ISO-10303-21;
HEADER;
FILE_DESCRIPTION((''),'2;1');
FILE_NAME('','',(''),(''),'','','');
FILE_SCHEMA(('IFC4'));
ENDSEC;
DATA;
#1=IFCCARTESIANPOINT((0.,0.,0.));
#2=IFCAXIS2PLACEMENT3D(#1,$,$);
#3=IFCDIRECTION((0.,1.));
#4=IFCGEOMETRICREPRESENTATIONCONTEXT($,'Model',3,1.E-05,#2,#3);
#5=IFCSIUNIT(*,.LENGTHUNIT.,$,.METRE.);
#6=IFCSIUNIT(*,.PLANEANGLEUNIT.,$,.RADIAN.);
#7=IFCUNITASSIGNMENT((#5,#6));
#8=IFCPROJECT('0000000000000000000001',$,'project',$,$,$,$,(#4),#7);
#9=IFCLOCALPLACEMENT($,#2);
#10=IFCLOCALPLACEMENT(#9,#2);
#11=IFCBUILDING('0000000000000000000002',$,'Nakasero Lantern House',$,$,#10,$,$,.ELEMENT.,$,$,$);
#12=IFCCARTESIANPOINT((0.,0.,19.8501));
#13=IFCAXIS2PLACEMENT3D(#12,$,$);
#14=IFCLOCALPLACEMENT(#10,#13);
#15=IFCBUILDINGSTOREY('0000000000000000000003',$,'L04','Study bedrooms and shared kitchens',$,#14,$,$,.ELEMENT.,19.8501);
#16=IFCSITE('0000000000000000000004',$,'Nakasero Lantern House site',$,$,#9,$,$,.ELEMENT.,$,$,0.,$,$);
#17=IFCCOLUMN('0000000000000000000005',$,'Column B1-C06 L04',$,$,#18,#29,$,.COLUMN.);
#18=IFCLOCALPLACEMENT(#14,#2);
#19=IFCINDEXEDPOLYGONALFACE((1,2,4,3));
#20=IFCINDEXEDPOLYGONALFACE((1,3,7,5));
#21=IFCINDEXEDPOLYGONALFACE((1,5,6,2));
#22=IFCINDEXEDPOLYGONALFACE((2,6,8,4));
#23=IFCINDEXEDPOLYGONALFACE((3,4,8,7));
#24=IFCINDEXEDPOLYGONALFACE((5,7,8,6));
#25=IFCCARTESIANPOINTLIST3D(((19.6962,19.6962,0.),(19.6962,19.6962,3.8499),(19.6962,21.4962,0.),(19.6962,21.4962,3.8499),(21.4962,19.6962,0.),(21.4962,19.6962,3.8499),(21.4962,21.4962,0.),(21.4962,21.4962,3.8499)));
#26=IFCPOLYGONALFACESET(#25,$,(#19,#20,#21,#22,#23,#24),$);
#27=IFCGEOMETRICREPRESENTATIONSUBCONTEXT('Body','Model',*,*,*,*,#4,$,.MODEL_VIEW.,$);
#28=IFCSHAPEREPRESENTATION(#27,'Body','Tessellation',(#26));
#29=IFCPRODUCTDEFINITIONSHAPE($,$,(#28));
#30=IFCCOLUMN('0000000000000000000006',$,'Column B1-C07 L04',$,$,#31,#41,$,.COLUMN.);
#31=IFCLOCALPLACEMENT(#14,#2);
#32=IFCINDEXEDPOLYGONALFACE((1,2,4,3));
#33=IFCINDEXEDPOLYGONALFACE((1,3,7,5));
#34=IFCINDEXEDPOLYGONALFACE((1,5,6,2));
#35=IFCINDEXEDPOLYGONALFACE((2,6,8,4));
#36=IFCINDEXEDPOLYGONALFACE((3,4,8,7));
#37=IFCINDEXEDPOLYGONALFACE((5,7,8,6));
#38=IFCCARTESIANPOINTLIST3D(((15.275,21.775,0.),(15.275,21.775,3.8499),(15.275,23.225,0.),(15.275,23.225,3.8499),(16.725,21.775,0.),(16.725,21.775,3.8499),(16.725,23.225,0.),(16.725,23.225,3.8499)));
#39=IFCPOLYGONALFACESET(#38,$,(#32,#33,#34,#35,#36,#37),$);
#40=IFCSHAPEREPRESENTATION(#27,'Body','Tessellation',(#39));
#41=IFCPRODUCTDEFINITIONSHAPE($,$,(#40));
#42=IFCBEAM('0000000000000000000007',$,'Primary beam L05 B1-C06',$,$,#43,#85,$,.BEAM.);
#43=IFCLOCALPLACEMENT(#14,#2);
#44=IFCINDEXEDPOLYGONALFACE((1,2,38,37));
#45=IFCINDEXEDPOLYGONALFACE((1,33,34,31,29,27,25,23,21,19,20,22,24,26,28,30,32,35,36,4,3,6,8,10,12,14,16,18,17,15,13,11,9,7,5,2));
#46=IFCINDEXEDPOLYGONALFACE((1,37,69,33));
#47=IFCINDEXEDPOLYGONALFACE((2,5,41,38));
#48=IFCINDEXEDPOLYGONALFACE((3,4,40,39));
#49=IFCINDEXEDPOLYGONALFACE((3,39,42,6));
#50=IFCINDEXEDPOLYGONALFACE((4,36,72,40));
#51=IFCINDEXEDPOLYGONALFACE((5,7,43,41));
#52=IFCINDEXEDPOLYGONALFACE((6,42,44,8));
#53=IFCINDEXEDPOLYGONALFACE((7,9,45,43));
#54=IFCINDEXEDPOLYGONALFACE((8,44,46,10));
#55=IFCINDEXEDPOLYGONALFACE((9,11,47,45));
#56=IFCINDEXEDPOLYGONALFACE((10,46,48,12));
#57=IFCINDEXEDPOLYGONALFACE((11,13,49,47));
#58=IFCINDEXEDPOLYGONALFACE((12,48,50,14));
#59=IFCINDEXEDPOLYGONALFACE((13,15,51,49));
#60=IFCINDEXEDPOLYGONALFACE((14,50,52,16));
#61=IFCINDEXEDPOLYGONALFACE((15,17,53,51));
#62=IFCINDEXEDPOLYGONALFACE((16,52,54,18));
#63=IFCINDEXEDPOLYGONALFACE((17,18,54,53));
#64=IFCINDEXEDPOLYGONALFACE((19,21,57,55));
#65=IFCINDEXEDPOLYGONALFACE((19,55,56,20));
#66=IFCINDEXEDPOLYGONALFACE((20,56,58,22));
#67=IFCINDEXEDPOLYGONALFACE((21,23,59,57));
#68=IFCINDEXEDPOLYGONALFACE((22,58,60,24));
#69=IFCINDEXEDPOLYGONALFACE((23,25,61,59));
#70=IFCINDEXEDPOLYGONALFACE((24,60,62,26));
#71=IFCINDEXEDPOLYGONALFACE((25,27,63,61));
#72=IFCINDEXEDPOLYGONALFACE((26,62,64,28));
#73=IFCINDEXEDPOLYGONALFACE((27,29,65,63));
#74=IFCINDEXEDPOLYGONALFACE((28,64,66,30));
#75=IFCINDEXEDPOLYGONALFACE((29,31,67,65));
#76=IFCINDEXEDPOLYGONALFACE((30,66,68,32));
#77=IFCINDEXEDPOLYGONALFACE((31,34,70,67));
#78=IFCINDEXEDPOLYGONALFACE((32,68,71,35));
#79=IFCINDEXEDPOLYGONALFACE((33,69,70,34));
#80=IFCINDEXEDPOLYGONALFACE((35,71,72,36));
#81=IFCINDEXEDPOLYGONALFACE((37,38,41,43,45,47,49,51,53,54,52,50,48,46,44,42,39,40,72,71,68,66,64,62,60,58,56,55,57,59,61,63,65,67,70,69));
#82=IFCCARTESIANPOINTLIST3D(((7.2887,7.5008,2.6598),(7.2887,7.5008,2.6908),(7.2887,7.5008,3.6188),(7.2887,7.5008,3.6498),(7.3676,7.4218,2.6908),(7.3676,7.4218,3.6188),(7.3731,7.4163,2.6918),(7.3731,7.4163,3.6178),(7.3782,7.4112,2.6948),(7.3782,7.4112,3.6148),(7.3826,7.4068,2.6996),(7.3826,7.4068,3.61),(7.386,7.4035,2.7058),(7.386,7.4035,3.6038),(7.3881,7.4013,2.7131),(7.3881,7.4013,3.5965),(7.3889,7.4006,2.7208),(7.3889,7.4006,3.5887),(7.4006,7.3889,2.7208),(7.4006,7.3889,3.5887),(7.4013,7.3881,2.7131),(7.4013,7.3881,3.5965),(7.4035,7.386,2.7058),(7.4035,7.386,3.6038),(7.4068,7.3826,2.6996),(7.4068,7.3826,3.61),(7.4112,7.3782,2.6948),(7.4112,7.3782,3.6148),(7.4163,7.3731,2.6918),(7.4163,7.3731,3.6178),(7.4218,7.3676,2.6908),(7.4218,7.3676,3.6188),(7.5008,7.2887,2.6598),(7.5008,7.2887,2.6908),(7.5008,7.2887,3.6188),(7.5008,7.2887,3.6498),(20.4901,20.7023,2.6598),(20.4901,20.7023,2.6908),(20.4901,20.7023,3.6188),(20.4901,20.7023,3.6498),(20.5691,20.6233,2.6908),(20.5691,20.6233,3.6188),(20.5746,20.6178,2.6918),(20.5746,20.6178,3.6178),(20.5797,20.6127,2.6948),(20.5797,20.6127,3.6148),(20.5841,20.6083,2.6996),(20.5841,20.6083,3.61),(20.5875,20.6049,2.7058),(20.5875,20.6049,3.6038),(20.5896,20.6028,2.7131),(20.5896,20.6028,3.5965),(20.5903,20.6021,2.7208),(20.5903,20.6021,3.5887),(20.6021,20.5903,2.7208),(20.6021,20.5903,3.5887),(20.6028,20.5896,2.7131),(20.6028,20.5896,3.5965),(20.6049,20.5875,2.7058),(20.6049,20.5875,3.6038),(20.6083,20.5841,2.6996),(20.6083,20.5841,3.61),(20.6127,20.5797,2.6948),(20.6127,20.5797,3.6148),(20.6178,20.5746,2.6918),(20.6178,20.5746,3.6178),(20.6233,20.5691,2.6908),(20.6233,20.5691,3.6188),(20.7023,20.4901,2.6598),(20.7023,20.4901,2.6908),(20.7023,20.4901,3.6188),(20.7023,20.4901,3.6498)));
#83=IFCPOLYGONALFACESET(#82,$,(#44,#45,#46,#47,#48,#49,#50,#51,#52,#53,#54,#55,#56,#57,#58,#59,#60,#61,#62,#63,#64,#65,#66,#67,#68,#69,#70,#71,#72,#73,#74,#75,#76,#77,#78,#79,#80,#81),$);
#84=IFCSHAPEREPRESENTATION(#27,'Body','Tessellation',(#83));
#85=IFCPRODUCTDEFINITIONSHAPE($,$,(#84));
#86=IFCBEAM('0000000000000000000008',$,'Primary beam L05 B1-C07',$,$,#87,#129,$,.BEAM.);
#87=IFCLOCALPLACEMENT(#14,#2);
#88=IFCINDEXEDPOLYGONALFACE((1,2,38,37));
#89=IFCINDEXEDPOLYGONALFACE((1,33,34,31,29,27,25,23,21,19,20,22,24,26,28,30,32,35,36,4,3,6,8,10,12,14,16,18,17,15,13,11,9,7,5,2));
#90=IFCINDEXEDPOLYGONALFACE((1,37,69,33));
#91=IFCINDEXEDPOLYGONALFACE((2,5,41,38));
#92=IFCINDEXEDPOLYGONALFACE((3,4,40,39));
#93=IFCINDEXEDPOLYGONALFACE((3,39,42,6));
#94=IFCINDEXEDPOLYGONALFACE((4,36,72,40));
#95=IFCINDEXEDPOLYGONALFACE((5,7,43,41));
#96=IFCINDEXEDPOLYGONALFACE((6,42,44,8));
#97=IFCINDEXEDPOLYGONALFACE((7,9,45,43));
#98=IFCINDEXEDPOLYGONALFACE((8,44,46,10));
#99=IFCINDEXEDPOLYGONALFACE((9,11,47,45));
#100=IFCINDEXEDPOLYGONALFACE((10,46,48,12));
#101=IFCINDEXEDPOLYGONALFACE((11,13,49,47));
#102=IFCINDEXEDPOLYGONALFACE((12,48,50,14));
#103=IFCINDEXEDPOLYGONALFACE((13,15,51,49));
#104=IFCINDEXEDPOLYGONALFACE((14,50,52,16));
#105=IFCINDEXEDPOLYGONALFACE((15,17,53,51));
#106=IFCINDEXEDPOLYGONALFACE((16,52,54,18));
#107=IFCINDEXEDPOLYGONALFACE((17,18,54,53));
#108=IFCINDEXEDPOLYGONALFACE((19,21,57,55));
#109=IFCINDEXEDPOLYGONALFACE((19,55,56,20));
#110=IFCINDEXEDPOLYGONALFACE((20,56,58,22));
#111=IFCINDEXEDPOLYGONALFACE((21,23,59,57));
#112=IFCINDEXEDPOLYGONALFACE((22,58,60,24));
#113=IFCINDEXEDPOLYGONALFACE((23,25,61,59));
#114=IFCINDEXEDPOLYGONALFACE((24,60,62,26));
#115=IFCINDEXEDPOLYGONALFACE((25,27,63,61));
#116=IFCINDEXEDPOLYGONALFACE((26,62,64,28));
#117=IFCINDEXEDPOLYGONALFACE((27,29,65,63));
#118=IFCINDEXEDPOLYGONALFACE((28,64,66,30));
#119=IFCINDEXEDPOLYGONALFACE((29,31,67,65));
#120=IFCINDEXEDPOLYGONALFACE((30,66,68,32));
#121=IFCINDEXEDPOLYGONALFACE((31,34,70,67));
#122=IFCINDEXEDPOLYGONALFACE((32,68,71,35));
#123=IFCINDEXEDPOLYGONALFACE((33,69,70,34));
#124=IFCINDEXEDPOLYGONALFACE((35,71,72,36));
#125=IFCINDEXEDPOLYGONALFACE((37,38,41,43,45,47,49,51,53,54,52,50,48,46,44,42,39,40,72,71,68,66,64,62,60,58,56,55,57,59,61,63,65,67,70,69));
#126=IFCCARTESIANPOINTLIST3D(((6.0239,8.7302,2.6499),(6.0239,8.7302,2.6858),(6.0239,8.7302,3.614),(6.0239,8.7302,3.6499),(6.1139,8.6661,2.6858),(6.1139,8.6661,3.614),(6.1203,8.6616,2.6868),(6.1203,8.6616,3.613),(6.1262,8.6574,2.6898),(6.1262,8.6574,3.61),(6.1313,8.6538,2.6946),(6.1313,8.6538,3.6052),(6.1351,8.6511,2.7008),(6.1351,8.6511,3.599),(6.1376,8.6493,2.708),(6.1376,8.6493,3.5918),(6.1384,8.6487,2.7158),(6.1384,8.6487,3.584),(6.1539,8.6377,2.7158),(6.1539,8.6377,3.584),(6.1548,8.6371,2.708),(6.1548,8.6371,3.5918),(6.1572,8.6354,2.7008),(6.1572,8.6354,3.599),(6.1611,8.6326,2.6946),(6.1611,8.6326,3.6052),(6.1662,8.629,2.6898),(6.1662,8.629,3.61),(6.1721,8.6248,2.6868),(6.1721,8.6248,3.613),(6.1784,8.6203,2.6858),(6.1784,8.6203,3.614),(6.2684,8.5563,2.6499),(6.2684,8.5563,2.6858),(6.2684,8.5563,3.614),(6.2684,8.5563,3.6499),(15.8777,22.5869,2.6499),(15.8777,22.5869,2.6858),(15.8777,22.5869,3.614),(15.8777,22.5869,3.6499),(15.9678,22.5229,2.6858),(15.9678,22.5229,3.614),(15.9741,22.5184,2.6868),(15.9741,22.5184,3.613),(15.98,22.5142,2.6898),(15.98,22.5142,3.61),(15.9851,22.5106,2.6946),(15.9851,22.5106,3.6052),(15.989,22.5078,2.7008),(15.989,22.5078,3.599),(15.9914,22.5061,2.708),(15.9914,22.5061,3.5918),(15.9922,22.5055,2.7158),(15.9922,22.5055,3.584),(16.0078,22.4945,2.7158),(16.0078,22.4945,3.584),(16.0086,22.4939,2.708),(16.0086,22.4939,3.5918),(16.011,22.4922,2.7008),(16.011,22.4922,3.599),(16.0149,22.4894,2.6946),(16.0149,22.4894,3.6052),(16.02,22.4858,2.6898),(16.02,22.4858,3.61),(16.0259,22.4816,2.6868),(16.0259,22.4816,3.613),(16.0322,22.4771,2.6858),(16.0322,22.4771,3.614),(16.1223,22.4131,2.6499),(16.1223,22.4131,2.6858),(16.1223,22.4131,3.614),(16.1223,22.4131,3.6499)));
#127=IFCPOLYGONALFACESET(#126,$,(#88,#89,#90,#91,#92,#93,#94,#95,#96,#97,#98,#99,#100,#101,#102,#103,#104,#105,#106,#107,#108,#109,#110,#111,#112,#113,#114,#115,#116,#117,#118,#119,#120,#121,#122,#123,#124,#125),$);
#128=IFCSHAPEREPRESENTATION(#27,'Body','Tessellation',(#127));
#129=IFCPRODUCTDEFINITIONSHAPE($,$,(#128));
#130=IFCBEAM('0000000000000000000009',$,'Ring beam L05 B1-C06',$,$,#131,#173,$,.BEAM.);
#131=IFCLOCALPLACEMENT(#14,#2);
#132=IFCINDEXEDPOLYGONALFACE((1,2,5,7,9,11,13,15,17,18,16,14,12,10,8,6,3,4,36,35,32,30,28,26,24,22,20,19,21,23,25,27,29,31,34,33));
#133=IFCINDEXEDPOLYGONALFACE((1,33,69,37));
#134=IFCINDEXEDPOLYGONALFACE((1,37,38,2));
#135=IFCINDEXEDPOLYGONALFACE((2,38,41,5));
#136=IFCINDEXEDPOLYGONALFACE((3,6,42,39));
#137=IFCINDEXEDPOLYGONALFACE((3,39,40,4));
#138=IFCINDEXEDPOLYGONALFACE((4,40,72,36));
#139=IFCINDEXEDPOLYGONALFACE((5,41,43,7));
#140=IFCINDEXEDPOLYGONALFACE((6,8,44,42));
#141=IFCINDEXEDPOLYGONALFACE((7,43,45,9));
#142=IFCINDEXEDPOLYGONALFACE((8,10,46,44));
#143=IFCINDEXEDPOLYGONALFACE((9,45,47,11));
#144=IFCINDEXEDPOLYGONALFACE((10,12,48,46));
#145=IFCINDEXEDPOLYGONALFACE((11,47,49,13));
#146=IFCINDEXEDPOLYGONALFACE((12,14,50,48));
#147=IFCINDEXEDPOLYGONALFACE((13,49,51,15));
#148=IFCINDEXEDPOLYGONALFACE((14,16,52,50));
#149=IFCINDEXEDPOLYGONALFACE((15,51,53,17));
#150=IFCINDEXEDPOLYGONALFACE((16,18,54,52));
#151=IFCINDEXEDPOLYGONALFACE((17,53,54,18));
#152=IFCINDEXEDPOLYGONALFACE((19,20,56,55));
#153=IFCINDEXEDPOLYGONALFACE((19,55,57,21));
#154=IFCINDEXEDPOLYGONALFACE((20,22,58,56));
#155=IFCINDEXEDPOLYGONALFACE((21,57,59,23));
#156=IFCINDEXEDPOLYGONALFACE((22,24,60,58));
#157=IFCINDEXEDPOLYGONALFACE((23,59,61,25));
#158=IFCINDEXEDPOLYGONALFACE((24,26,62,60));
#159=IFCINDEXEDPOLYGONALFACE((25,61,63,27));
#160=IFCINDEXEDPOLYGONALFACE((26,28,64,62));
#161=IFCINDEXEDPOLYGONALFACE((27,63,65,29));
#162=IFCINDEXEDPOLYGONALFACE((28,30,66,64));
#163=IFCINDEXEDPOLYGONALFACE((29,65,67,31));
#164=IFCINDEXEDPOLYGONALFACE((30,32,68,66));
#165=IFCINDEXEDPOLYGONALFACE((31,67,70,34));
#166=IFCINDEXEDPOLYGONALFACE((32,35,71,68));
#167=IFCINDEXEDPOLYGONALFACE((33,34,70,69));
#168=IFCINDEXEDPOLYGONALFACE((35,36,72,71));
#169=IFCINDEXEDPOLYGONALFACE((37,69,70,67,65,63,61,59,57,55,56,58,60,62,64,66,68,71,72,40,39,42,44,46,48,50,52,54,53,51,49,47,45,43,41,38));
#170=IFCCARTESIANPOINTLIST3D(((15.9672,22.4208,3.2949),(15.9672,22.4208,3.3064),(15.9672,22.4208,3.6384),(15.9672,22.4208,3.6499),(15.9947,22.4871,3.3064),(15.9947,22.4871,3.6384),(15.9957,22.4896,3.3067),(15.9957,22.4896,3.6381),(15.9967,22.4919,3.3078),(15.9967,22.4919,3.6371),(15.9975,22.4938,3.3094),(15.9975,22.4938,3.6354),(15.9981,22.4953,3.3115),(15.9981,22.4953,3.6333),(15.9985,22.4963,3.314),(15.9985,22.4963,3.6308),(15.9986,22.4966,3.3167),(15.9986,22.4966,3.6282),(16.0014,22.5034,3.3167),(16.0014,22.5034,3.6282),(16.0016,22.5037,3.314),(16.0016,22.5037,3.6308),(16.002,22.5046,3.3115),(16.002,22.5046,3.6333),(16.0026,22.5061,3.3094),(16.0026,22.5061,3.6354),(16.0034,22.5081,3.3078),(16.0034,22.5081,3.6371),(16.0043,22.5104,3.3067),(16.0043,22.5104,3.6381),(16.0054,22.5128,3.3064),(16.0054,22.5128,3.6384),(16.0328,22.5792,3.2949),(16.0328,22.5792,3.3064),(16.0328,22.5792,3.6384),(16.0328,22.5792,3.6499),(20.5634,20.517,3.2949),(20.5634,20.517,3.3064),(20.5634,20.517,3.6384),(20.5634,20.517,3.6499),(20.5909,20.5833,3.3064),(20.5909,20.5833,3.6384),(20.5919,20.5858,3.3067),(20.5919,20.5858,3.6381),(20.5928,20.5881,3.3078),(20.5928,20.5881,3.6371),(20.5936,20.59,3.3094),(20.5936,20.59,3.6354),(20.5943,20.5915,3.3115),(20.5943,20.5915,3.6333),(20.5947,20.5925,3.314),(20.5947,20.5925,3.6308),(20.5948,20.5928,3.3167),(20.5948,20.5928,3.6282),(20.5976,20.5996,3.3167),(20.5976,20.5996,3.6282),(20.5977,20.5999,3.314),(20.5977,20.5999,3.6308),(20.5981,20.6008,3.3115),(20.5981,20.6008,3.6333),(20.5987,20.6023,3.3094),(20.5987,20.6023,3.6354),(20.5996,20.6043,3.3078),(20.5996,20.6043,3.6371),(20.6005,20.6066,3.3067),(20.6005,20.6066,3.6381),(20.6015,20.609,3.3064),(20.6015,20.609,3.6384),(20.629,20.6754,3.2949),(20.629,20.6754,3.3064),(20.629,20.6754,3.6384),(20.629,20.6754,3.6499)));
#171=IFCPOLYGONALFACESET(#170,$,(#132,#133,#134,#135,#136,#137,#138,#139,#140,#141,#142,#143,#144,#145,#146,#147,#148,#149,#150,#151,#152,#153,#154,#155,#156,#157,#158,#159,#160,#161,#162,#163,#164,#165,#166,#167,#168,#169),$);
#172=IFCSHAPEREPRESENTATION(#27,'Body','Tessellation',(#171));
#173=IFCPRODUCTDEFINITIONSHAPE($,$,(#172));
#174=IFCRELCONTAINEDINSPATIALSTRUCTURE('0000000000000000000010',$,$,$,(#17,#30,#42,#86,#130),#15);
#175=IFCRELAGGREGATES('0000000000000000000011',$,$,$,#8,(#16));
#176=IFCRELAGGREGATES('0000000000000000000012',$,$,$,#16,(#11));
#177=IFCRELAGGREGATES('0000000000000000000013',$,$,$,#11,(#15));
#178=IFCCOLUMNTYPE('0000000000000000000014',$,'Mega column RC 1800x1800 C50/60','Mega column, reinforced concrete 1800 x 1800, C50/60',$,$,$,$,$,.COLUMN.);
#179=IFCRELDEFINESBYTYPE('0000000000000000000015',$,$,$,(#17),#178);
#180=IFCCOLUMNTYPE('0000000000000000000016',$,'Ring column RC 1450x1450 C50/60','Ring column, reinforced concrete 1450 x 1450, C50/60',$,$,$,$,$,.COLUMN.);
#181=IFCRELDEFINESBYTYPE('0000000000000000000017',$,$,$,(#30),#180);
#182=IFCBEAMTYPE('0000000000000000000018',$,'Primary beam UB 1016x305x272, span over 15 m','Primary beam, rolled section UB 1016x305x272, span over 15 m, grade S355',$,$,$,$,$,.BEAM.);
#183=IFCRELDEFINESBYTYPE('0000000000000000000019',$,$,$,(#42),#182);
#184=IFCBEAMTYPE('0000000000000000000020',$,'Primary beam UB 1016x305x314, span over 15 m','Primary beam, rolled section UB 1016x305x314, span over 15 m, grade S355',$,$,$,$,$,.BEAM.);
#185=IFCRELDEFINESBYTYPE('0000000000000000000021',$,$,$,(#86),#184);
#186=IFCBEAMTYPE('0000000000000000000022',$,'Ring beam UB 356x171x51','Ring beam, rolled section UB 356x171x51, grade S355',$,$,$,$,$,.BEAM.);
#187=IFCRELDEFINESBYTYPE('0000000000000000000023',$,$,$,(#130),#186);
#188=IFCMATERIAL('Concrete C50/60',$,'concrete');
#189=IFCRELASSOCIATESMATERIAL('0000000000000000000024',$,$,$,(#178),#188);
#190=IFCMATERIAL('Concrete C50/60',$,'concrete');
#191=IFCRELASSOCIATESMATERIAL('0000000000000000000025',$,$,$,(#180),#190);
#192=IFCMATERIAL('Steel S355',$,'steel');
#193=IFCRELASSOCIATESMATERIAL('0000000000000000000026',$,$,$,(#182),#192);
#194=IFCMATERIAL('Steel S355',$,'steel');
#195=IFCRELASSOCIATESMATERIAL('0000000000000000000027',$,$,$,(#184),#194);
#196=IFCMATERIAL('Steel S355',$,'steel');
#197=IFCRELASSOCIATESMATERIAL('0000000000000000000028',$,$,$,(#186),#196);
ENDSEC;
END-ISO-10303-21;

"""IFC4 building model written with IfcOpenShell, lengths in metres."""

from ifc_helpers import new_model, si_unit, direction, frame, origin, origin_2d, place, context, subcontext, project, spatial, rectangle, i_section, extrude, material, material_profile, profile_set, type_object, element, save


model = new_model("IFC4")

# Units and contexts
model_context = context("Model", 3, precision=1e-05, world=origin(), true_north=direction((0.0, 1.0)))
body_context = subcontext(model_context, "Body", "Model", "MODEL_VIEW")
ifc_project = project(units=[si_unit("LENGTHUNIT", "METRE"), si_unit("PLANEANGLEUNIT", "RADIAN")], contexts=[model_context])

# Site, building, storey
site_placement = place(None, origin())
site = spatial("IfcSite", under=ifc_project, at=site_placement, Name="Nakasero Lantern House site", CompositionType="ELEMENT", RefElevation=0.0)
building_placement = place(site_placement, origin())
building = spatial("IfcBuilding", under=site, at=building_placement, Name="Nakasero Lantern House", CompositionType="ELEMENT")
storey_placement = place(building_placement, frame((0.0, 0.0, 19.8501)))
storey = spatial("IfcBuildingStorey", under=building, at=storey_placement, Name="L04", Description="Study bedrooms and shared kitchens", CompositionType="ELEMENT", Elevation=19.8501)

# Columns
ifc_material_1 = material(Name="Concrete C50/60", Category="concrete")
ifc_material_profile_1 = material_profile(ifc_material_1, rectangle(XDim=1.8, YDim=1.8, at=origin_2d()), Name="RC 1800x1800")
ifc_profile_set_1 = profile_set([ifc_material_profile_1], Name="Concrete C50/60")
column_type_1 = type_object("IfcColumnType", Name="Mega column RC 1800x1800 C50/60", Description="Mega column, reinforced concrete 1800 x 1800, C50/60", PredefinedType="COLUMN", material=ifc_profile_set_1)
column_1_placement = place(storey_placement, frame((20.5962, 20.5962, 0.0), z_axis=(0.0, 0.0, 1.0), x_axis=(1.0, 0.0, 0.0)))
element("IfcColumn", 1, at=column_1_placement, inside=storey, type_object=column_type_1, Name="Column B1-C06 L04", PredefinedType="COLUMN", context=body_context, shape_type="SweptSolid", body=[
    extrude(rectangle(XDim=1.8, YDim=1.8, at=origin_2d()), origin(), (0.0, 0.0, 1.0), 3.8499),
])
ifc_material_2 = material(Name="Concrete C50/60", Category="concrete")
ifc_material_profile_2 = material_profile(ifc_material_2, rectangle(XDim=1.45, YDim=1.45, at=origin_2d()), Name="RC 1450x1450")
ifc_profile_set_2 = profile_set([ifc_material_profile_2], Name="Concrete C50/60")
column_type_2 = type_object("IfcColumnType", Name="Ring column RC 1450x1450 C50/60", Description="Ring column, reinforced concrete 1450 x 1450, C50/60", PredefinedType="COLUMN", material=ifc_profile_set_2)
column_2_placement = place(storey_placement, frame((16.0, 22.5, 0.0), z_axis=(0.0, 0.0, 1.0), x_axis=(1.0, 0.0, 0.0)))
element("IfcColumn", 2, at=column_2_placement, inside=storey, type_object=column_type_2, Name="Column B1-C07 L04", PredefinedType="COLUMN", context=body_context, shape_type="SweptSolid", body=[
    extrude(rectangle(XDim=1.45, YDim=1.45, at=origin_2d()), origin(), (0.0, 0.0, 1.0), 3.8499),
])

# Beams
ifc_material_3 = material(Name="Steel S355", Category="steel")
ifc_material_profile_3 = material_profile(ifc_material_3, i_section(OverallWidth=0.3, OverallDepth=0.99, WebThickness=0.0166, FlangeThickness=0.031, FilletRadius=0.03, at=origin_2d()), Name="UB 1016x305x272")
ifc_profile_set_3 = profile_set([ifc_material_profile_3], Name="Steel S355")
beam_type_1 = type_object("IfcBeamType", Name="Primary beam UB 1016x305x272, span over 15 m", Description="Primary beam, rolled section UB 1016x305x272, span over 15 m, grade S355", PredefinedType="BEAM", material=ifc_profile_set_3)
beam_1_placement = place(storey_placement, frame((20.5962, 20.5962, 3.1548), z_axis=(-0.707107, -0.707107, 0.0), x_axis=(0.707107, -0.707107, 0.0)))
element("IfcBeam", 3, at=beam_1_placement, inside=storey, type_object=beam_type_1, Name="Primary beam L05 B1-C06", PredefinedType="BEAM", context=body_context, shape_type="SweptSolid", body=[
    extrude(i_section(OverallWidth=0.3, OverallDepth=0.99, WebThickness=0.0166, FlangeThickness=0.031, FilletRadius=0.03, at=origin_2d()), origin(), (0.0, 0.0, 1.0), 18.6697),
])
ifc_material_4 = material(Name="Steel S355", Category="steel")
ifc_material_profile_4 = material_profile(ifc_material_4, i_section(OverallWidth=0.3, OverallDepth=1.0, WebThickness=0.019, FlangeThickness=0.0359, FilletRadius=0.03, at=origin_2d()), Name="UB 1016x305x314")
ifc_profile_set_4 = profile_set([ifc_material_profile_4], Name="Steel S355")
beam_type_2 = type_object("IfcBeamType", Name="Primary beam UB 1016x305x314, span over 15 m", Description="Primary beam, rolled section UB 1016x305x314, span over 15 m, grade S355", PredefinedType="BEAM", material=ifc_profile_set_4)
beam_2_placement = place(storey_placement, frame((16.0, 22.5, 3.1499), z_axis=(-0.579528, -0.814952, 0.0), x_axis=(0.814952, -0.579528, 0.0)))
element("IfcBeam", 4, at=beam_2_placement, inside=storey, type_object=beam_type_2, Name="Primary beam L05 B1-C07", PredefinedType="BEAM", context=body_context, shape_type="SweptSolid", body=[
    extrude(i_section(OverallWidth=0.3, OverallDepth=1.0, WebThickness=0.019, FlangeThickness=0.0359, FilletRadius=0.03, at=origin_2d()), origin(), (0.0, 0.0, 1.0), 17.0032),
])
ifc_material_5 = material(Name="Steel S355", Category="steel")
ifc_material_profile_5 = material_profile(ifc_material_5, i_section(OverallWidth=0.1714, OverallDepth=0.355, WebThickness=0.0073, FlangeThickness=0.0115, FilletRadius=0.0103, at=origin_2d()), Name="UB 356x171x51")
ifc_profile_set_5 = profile_set([ifc_material_profile_5], Name="Steel S355")
beam_type_3 = type_object("IfcBeamType", Name="Ring beam UB 356x171x51", Description="Ring beam, rolled section UB 356x171x51, grade S355", PredefinedType="BEAM", material=ifc_profile_set_5)
beam_3_placement = place(storey_placement, frame((20.5962, 20.5962, 3.4724), z_axis=(-0.923879, 0.382684, 0.0), x_axis=(-0.382684, -0.923879, 0.0)))
element("IfcBeam", 5, at=beam_3_placement, inside=storey, type_object=beam_type_3, Name="Ring beam L05 B1-C06", PredefinedType="BEAM", context=body_context, shape_type="SweptSolid", body=[
    extrude(i_section(OverallWidth=0.1714, OverallDepth=0.355, WebThickness=0.0073, FlangeThickness=0.0115, FilletRadius=0.0103, at=origin_2d()), origin(), (0.0, 0.0, 1.0), 4.9749),
])

save(model, "model.ifc")
